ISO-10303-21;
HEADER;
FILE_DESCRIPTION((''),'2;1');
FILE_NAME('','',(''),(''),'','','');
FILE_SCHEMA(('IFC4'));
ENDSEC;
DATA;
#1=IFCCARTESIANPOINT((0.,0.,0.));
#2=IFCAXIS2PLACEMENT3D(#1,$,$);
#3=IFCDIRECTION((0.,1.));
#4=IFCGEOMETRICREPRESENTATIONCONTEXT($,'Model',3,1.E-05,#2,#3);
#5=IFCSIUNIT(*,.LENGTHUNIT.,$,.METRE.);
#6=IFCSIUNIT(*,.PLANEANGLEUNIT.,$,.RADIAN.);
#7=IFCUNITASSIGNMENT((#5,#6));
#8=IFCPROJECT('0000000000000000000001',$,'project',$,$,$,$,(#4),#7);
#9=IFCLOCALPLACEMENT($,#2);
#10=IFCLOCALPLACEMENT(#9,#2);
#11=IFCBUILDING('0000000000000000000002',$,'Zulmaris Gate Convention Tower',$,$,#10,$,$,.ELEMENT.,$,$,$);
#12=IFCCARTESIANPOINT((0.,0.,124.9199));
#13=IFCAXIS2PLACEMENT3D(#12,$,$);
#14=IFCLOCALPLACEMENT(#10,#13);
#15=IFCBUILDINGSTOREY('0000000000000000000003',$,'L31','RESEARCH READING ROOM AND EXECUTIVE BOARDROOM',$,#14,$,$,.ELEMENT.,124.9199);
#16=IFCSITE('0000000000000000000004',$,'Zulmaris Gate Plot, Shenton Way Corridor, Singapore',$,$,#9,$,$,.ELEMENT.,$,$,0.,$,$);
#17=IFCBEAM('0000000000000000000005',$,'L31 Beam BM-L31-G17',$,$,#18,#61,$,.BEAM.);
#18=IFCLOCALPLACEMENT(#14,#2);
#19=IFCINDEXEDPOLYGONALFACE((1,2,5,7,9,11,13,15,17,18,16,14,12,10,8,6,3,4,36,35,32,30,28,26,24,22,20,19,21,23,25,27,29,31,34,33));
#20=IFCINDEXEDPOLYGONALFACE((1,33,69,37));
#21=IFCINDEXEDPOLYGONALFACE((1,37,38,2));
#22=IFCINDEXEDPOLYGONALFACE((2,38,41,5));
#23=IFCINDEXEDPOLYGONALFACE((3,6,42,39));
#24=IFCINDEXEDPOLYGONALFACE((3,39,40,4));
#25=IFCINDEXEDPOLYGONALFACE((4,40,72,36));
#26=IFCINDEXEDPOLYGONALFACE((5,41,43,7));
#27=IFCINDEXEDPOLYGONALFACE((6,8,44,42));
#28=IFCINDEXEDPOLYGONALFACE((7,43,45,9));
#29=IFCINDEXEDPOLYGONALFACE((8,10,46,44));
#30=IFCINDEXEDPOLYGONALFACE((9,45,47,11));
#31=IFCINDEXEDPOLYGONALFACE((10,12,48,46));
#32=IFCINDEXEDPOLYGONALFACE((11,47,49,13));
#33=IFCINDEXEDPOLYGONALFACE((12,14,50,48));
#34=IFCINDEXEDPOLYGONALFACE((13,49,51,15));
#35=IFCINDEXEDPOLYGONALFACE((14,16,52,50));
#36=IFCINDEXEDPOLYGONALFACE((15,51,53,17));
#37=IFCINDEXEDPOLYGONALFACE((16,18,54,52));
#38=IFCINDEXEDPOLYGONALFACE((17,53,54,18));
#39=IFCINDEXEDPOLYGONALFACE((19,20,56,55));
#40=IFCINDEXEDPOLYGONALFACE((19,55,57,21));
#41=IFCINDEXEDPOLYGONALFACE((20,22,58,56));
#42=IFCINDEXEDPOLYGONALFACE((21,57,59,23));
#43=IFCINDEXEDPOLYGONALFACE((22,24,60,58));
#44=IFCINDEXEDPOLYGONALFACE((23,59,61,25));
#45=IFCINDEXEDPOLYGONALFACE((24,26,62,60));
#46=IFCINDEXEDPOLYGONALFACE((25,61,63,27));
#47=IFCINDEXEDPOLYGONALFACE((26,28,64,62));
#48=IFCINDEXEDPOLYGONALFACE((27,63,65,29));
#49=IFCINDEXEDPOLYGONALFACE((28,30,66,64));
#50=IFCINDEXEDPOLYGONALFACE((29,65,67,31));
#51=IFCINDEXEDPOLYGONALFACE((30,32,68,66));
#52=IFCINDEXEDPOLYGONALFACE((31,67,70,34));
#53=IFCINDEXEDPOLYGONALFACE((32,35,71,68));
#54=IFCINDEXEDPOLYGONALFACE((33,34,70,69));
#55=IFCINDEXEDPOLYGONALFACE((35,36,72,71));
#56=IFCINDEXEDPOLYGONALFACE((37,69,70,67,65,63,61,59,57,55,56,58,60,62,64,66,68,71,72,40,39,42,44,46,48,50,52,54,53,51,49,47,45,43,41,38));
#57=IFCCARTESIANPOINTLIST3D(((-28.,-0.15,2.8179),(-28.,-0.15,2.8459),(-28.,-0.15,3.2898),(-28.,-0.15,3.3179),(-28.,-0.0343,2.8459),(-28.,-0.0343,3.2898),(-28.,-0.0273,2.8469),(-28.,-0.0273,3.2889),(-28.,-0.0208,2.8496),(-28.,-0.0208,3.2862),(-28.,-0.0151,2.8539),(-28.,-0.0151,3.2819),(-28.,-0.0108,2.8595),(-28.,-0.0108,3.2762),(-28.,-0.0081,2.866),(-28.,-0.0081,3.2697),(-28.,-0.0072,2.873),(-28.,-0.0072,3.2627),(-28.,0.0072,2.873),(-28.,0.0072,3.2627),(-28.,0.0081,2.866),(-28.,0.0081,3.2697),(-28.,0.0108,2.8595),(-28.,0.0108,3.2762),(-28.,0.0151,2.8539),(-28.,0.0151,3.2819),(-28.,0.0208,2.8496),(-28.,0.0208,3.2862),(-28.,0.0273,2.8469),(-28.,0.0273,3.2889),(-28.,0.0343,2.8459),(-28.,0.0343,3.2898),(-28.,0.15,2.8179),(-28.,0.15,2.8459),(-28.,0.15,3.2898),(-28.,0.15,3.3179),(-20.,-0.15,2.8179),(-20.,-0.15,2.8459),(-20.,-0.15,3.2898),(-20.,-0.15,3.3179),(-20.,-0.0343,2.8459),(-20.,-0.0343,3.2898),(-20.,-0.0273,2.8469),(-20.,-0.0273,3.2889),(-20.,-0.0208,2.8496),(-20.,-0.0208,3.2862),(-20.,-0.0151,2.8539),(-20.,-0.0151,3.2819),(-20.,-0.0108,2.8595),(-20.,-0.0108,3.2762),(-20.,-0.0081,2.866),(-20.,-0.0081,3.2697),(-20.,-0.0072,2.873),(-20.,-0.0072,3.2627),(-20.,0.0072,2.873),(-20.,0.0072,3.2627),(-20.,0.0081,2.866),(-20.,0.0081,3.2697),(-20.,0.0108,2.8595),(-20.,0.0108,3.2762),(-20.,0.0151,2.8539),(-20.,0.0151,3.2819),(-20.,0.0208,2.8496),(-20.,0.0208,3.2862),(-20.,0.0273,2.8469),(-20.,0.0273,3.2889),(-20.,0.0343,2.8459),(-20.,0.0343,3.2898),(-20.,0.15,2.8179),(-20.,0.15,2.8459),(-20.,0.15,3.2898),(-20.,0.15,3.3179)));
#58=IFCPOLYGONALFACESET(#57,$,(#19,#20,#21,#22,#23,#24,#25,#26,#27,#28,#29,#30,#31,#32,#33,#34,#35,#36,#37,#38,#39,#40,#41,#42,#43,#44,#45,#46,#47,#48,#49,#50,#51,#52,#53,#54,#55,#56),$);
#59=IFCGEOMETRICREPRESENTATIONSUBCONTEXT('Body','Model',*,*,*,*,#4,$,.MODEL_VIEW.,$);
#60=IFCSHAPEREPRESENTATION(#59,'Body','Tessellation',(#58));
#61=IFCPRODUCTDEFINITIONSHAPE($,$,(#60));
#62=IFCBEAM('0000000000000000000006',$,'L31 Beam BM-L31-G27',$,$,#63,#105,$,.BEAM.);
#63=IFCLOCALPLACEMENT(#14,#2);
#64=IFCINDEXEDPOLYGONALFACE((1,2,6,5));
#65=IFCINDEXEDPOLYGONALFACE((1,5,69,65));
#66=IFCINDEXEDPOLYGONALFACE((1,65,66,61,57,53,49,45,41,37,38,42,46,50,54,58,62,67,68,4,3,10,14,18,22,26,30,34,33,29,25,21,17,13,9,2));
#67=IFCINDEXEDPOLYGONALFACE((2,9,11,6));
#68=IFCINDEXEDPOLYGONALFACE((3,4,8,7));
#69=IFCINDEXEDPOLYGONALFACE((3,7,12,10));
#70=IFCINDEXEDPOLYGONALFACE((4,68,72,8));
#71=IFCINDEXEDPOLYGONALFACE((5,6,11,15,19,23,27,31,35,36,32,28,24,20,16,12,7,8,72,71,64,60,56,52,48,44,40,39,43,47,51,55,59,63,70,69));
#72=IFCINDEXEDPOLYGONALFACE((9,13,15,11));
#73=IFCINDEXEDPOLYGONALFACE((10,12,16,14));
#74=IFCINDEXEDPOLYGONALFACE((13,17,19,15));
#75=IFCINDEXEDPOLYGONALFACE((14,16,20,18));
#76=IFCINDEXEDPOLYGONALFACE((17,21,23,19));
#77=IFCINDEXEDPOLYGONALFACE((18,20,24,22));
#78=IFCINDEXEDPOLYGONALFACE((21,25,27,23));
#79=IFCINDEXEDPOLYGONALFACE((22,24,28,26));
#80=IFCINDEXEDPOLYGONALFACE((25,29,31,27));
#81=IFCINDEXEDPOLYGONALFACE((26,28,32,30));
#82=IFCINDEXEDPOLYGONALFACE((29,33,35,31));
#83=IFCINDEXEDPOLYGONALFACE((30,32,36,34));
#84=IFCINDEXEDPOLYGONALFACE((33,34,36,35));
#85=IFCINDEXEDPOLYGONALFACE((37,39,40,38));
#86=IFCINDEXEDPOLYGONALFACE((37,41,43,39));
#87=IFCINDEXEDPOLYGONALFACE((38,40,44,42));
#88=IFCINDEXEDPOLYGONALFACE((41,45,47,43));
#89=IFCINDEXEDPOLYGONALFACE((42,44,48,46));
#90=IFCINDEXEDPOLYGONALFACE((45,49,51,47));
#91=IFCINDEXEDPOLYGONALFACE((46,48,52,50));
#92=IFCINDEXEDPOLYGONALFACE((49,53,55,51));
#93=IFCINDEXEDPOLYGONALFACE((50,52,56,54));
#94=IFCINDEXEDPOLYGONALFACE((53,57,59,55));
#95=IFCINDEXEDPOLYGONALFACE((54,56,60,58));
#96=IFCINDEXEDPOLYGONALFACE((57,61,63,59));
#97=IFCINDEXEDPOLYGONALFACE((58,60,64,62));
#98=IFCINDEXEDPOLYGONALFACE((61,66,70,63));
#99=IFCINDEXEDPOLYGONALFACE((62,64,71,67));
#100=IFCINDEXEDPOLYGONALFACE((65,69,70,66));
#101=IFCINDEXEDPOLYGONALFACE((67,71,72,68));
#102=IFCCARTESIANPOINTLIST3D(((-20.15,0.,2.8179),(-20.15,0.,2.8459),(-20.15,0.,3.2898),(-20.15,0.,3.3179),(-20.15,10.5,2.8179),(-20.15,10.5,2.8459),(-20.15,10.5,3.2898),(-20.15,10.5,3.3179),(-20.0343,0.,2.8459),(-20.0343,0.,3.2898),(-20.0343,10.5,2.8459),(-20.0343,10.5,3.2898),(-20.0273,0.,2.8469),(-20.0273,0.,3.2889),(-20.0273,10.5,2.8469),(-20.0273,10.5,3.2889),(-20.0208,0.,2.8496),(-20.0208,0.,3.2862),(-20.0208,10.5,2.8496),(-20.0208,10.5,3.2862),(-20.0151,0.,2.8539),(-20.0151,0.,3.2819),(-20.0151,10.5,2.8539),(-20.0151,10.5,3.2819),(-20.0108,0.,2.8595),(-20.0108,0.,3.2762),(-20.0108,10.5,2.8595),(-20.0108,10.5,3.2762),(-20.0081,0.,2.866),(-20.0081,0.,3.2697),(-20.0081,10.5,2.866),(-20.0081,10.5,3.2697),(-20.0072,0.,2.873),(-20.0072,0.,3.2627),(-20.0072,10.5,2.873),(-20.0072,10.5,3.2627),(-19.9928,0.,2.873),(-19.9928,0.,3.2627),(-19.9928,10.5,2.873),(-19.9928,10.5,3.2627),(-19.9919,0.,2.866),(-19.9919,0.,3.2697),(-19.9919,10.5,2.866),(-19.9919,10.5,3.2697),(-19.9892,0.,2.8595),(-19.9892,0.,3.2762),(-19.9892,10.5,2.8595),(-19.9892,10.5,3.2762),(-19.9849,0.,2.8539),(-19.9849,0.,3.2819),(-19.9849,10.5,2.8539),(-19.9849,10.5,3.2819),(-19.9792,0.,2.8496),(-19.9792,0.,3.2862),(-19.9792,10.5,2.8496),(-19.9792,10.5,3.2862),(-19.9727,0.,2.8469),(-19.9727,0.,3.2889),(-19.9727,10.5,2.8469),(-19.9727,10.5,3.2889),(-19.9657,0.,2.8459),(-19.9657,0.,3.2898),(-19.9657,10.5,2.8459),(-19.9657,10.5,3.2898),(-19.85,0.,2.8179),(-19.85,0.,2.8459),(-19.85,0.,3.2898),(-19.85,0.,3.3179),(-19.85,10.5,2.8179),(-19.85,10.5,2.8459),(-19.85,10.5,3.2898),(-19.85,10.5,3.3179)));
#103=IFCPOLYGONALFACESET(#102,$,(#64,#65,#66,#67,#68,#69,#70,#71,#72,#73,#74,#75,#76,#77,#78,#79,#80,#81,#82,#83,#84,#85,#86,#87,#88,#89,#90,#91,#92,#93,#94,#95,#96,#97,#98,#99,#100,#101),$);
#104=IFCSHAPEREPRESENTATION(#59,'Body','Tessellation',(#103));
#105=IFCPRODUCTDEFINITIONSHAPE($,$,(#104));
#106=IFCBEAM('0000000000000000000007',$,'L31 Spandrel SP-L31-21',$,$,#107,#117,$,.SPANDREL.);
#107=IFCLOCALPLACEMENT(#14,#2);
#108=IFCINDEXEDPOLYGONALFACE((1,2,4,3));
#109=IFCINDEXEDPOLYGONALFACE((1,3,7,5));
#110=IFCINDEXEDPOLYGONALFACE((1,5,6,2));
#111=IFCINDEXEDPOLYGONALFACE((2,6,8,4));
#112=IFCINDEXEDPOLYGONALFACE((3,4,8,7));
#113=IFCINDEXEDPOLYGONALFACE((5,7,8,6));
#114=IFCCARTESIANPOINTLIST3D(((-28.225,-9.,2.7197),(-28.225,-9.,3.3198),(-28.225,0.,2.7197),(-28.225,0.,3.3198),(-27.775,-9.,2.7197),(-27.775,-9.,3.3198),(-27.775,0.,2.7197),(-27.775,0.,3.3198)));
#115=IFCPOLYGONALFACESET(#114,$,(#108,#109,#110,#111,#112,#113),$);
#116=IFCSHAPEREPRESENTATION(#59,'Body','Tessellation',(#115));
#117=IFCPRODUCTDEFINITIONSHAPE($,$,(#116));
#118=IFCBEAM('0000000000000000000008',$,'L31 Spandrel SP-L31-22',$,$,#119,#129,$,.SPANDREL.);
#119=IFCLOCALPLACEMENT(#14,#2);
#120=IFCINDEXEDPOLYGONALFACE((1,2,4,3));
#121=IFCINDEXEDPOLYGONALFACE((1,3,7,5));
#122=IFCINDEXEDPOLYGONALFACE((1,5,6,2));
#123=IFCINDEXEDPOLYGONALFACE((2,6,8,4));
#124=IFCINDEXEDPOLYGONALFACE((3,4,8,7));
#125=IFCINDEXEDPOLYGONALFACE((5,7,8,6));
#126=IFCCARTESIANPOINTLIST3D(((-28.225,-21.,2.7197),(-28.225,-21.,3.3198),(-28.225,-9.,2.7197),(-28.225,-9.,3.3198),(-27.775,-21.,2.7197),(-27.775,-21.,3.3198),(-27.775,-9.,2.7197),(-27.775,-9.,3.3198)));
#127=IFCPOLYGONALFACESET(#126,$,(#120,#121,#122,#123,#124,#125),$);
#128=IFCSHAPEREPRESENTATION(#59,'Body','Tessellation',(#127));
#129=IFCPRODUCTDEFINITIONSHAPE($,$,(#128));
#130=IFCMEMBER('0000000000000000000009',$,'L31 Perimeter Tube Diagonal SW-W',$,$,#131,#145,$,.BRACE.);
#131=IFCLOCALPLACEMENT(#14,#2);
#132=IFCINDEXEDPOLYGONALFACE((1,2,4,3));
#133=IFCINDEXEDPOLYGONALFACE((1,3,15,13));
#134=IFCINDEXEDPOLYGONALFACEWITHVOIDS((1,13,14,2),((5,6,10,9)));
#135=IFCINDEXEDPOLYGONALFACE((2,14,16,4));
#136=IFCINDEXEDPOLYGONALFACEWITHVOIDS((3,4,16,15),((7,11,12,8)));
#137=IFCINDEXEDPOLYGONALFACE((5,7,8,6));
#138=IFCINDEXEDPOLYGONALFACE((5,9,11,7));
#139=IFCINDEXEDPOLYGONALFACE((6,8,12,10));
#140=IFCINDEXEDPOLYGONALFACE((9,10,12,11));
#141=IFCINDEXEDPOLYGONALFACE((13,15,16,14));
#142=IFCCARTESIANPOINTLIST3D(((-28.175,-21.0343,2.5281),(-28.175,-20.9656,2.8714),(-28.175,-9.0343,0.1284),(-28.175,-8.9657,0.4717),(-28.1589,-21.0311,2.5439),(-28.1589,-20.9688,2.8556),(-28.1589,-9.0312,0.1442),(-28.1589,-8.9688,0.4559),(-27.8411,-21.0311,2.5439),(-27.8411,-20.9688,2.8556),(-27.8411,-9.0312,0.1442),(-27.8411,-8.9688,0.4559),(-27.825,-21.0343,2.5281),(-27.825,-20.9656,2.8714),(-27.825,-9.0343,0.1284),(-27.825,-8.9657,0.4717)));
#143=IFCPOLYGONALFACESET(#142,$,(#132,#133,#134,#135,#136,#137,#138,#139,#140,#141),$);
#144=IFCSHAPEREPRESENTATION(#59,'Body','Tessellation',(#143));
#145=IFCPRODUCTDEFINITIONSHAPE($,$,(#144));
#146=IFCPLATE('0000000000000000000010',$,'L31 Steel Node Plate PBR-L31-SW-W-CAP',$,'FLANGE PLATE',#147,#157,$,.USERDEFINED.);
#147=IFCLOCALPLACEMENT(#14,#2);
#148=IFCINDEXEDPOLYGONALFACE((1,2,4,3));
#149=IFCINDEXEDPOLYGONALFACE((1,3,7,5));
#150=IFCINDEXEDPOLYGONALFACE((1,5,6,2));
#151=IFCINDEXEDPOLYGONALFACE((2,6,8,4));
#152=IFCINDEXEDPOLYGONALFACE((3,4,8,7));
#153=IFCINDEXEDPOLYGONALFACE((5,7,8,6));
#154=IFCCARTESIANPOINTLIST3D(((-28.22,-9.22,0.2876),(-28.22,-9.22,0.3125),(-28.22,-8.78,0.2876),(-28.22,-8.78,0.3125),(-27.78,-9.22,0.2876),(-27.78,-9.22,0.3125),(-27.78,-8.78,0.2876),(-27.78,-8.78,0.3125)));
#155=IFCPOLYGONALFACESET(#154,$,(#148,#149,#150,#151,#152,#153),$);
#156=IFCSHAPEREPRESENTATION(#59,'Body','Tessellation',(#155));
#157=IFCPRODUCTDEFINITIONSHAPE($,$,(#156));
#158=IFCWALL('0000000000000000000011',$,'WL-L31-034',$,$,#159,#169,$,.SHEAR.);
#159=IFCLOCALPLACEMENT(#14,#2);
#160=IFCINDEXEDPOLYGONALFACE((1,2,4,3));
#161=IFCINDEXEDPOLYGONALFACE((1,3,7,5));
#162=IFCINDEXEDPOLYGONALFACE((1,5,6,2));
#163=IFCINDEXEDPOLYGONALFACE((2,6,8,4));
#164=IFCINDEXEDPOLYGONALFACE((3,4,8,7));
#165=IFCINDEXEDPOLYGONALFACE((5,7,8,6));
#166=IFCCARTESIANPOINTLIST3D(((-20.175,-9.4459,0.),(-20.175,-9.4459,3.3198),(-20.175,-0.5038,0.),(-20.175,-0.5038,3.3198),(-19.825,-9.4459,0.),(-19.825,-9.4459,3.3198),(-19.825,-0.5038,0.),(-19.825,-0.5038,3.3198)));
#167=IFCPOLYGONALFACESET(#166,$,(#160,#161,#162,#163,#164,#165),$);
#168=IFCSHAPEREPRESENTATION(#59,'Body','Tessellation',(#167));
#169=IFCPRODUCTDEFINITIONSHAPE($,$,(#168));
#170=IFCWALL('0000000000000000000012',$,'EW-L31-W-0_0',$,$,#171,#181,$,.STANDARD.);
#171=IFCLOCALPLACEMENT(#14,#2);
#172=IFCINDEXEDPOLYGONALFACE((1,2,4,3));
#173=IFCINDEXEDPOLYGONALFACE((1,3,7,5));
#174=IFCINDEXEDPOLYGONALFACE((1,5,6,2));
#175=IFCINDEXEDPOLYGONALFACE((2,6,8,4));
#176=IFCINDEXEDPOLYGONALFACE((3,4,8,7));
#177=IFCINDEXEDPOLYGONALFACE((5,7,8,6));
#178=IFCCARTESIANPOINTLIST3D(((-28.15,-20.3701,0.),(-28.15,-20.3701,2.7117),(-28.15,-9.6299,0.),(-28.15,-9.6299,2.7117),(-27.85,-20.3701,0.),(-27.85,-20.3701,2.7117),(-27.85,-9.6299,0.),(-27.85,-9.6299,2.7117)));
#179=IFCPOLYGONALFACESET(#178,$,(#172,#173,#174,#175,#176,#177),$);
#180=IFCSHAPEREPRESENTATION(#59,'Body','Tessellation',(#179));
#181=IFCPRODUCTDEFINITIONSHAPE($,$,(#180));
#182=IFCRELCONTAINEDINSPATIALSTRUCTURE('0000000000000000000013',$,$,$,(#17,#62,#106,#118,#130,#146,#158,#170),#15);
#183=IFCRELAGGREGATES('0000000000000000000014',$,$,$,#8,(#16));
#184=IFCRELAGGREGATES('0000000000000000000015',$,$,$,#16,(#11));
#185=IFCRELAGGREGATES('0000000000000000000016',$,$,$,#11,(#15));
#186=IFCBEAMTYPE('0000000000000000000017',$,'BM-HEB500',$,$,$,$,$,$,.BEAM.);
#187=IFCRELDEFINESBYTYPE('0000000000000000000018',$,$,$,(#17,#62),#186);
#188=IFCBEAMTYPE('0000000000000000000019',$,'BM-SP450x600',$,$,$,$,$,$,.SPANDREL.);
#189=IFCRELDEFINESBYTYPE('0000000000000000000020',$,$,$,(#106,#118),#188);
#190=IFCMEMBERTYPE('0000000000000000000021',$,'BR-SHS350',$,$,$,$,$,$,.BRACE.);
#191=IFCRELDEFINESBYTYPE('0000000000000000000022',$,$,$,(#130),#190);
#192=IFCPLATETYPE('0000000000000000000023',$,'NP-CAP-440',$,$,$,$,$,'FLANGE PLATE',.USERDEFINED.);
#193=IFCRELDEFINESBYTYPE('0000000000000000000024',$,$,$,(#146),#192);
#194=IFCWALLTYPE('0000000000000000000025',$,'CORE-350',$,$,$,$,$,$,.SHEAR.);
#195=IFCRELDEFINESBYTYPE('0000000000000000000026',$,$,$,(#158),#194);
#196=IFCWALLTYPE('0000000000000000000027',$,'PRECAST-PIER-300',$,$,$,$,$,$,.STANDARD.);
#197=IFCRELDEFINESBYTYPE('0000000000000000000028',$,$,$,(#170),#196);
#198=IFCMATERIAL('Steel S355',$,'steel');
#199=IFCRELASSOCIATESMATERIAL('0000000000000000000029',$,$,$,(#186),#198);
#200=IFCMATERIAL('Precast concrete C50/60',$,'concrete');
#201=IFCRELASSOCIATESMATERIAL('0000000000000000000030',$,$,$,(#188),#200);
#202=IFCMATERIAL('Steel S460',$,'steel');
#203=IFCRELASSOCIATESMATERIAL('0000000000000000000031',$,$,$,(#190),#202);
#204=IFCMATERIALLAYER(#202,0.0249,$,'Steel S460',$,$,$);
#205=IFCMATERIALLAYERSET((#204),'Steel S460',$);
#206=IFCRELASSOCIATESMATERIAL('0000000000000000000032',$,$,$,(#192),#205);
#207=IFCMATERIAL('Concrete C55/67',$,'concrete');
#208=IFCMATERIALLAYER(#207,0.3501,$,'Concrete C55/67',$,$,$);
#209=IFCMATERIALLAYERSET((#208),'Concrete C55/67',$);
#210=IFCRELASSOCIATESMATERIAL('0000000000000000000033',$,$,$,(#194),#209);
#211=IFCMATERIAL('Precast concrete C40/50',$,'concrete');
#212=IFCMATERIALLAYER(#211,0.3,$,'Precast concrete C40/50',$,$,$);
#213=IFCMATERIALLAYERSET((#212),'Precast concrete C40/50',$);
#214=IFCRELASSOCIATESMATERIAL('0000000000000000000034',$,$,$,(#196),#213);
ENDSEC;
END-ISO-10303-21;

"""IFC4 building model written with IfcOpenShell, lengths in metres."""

from ifc_helpers import new_model, si_unit, direction, frame, frame_2d, origin, origin_2d, place, context, subcontext, project, spatial, rectangle, hollow_rectangle, i_section, extrude, material, layer, layer_set, material_profile, profile_set, type_object, element, save


model = new_model("IFC4")

# Units and contexts
model_context = context("Model", 3, precision=1e-05, world=origin(), true_north=direction((0.0, 1.0)))
body_context = subcontext(model_context, "Body", "Model", "MODEL_VIEW")
ifc_project = project(units=[si_unit("LENGTHUNIT", "METRE"), si_unit("PLANEANGLEUNIT", "RADIAN")], contexts=[model_context])

# Site, building, storey
site_placement = place(None, origin())
site = spatial("IfcSite", under=ifc_project, at=site_placement, Name="Zulmaris Gate Plot, Shenton Way Corridor, Singapore", CompositionType="ELEMENT", RefElevation=0.0)
building_placement = place(site_placement, origin())
building = spatial("IfcBuilding", under=site, at=building_placement, Name="Zulmaris Gate Convention Tower", CompositionType="ELEMENT")
storey_placement = place(building_placement, frame((0.0, 0.0, 124.9199)))
storey = spatial("IfcBuildingStorey", under=building, at=storey_placement, Name="L31", Description="RESEARCH READING ROOM AND EXECUTIVE BOARDROOM", CompositionType="ELEMENT", Elevation=124.9199)

# Beams
ifc_material_1 = material(Name="Steel S355", Category="steel")
ifc_material_profile_1 = material_profile(ifc_material_1, i_section(OverallWidth=0.3, OverallDepth=0.5, WebThickness=0.0144, FlangeThickness=0.0281, FilletRadius=0.0271, at=origin_2d()), Name="HEB 500")
ifc_profile_set_1 = profile_set([ifc_material_profile_1], Name="Steel S355")
beam_type_1 = type_object("IfcBeamType", Name="BM-HEB500", PredefinedType="BEAM", material=ifc_profile_set_1)
for number, where, z_axis, x_axis, name in (
    (1, (-28.0, 0.0, 3.0679), (1.0, 0.0, 0.0), (0.0, 1.0, 0.0), "L31 Beam BM-L31-G17"),
):
    element("IfcBeam", number, at=place(storey_placement, frame(where, z_axis=z_axis, x_axis=x_axis)), inside=storey, type_object=beam_type_1, Name=name, PredefinedType="BEAM", context=body_context, shape_type="SweptSolid", body=[
        extrude(i_section(OverallWidth=0.3, OverallDepth=0.5, WebThickness=0.0144, FlangeThickness=0.0281, FilletRadius=0.0271, at=origin_2d()), origin(), (0.0, 0.0, 1.0), 8.0),
    ])
beam_1_placement = place(storey_placement, frame((-20.0, 0.0, 3.0679), z_axis=(0.0, 1.0, 0.0), x_axis=(-1.0, 0.0, 0.0)))
element("IfcBeam", 2, at=beam_1_placement, inside=storey, type_object=beam_type_1, Name="L31 Beam BM-L31-G27", PredefinedType="BEAM", context=body_context, shape_type="SweptSolid", body=[
    extrude(i_section(OverallWidth=0.3, OverallDepth=0.5, WebThickness=0.0144, FlangeThickness=0.0281, FilletRadius=0.0271, at=origin_2d()), origin(), (0.0, 0.0, 1.0), 10.5),
])
ifc_material_2 = material(Name="Precast concrete C50/60", Category="concrete")
ifc_material_profile_2 = material_profile(ifc_material_2, rectangle(XDim=0.45, YDim=0.6001, at=origin_2d()), Name="RC SPANDREL 450x600")
ifc_profile_set_2 = profile_set([ifc_material_profile_2], Name="Precast concrete C50/60")
beam_type_2 = type_object("IfcBeamType", Name="BM-SP450x600", PredefinedType="SPANDREL", material=ifc_profile_set_2)
beam_2_placement = place(storey_placement, frame((-28.0, 0.0, 3.0198), z_axis=(0.0, -1.0, 0.0), x_axis=(1.0, 0.0, 0.0)))
element("IfcBeam", 3, at=beam_2_placement, inside=storey, type_object=beam_type_2, Name="L31 Spandrel SP-L31-21", PredefinedType="SPANDREL", context=body_context, shape_type="SweptSolid", body=[
    extrude(rectangle(XDim=0.45, YDim=0.6001, at=origin_2d()), origin(), (0.0, 0.0, 1.0), 9.0),
])
beam_3_placement = place(storey_placement, frame((-28.0, -9.0, 3.0198), z_axis=(0.0, -1.0, 0.0), x_axis=(1.0, 0.0, 0.0)))
element("IfcBeam", 4, at=beam_3_placement, inside=storey, type_object=beam_type_2, Name="L31 Spandrel SP-L31-22", PredefinedType="SPANDREL", context=body_context, shape_type="SweptSolid", body=[
    extrude(rectangle(XDim=0.45, YDim=0.6001, at=origin_2d()), origin(), (0.0, 0.0, 1.0), 12.0),
])

# Member
ifc_material_3 = material(Name="Steel S460", Category="steel")
ifc_material_profile_3 = material_profile(ifc_material_3, hollow_rectangle(XDim=0.3501, YDim=0.3501, WallThickness=0.0161, at=origin_2d()), Name="SHS 350x350x16")
ifc_profile_set_3 = profile_set([ifc_material_profile_3], Name="Steel S460")
member_type = type_object("IfcMemberType", Name="BR-SHS350", PredefinedType="BRACE", material=ifc_profile_set_3)
member_placement = place(storey_placement, frame((-28.0, -9.0, 0.3), z_axis=(0.0, -0.980586, 0.196089), x_axis=(1.0, 0.0, 0.0)))
element("IfcMember", 5, at=member_placement, inside=storey, type_object=member_type, Name="L31 Perimeter Tube Diagonal SW-W", PredefinedType="BRACE", context=body_context, shape_type="SweptSolid", body=[
    extrude(hollow_rectangle(XDim=0.3501, YDim=0.3501, WallThickness=0.0161, at=origin_2d()), origin(), (0.0, 0.0, 1.0), 12.2375),
])

# Plate
ifc_layer_1 = layer(ifc_material_3, 0.0249, Name="Steel S460")
ifc_layer_set_1 = layer_set([ifc_layer_1], Name="Steel S460")
plate_type = type_object("IfcPlateType", Name="NP-CAP-440", ElementType="FLANGE PLATE", PredefinedType="USERDEFINED", material=ifc_layer_set_1)
plate_placement = place(storey_placement, frame((-28.0, -9.0, 0.2876), z_axis=(0.0, 0.0, 1.0), x_axis=(1.0, 0.0, 0.0)))
element("IfcPlate", 6, at=plate_placement, inside=storey, type_object=plate_type, Name="L31 Steel Node Plate PBR-L31-SW-W-CAP", ObjectType="FLANGE PLATE", PredefinedType="USERDEFINED", context=body_context, shape_type="SweptSolid", body=[
    extrude(rectangle(XDim=0.4399, YDim=0.4399, at=origin_2d()), origin(), (0.0, 0.0, 1.0), 0.0249),
])

# Walls
ifc_material_4 = material(Name="Concrete C55/67", Category="concrete")
ifc_layer_2 = layer(ifc_material_4, 0.3501, Name="Concrete C55/67")
ifc_layer_set_2 = layer_set([ifc_layer_2], Name="Concrete C55/67")
wall_type_1 = type_object("IfcWallType", Name="CORE-350", PredefinedType="SHEAR", material=ifc_layer_set_2)
wall_1_placement = place(storey_placement, frame((-20.0, -9.446, 0.0), z_axis=(0.0, 0.0, 1.0), x_axis=(0.0, 1.0, 0.0)))
element("IfcWall", 7, at=wall_1_placement, inside=storey, type_object=wall_type_1, Name="WL-L31-034", PredefinedType="SHEAR", context=body_context, shape_type="SweptSolid", body=[
    extrude(rectangle(XDim=8.9421, YDim=0.3501, at=frame_2d((4.4712, 0.0))), origin(), (0.0, 0.0, 1.0), 3.3198),
])
ifc_material_5 = material(Name="Precast concrete C40/50", Category="concrete")
ifc_layer_3 = layer(ifc_material_5, 0.3, Name="Precast concrete C40/50")
ifc_layer_set_3 = layer_set([ifc_layer_3], Name="Precast concrete C40/50")
wall_type_2 = type_object("IfcWallType", Name="PRECAST-PIER-300", PredefinedType="STANDARD", material=ifc_layer_set_3)
wall_2_placement = place(storey_placement, frame((-28.0, -9.6299, 0.0), z_axis=(0.0, 0.0, 1.0), x_axis=(0.0, -1.0, 0.0)))
element("IfcWall", 8, at=wall_2_placement, inside=storey, type_object=wall_type_2, Name="EW-L31-W-0_0", PredefinedType="STANDARD", context=body_context, shape_type="SweptSolid", body=[
    extrude(rectangle(XDim=10.7402, YDim=0.3, at=frame_2d((5.3701, 0.0))), origin(), (0.0, 0.0, 1.0), 2.7117),
])

save(model, "model.ifc")
